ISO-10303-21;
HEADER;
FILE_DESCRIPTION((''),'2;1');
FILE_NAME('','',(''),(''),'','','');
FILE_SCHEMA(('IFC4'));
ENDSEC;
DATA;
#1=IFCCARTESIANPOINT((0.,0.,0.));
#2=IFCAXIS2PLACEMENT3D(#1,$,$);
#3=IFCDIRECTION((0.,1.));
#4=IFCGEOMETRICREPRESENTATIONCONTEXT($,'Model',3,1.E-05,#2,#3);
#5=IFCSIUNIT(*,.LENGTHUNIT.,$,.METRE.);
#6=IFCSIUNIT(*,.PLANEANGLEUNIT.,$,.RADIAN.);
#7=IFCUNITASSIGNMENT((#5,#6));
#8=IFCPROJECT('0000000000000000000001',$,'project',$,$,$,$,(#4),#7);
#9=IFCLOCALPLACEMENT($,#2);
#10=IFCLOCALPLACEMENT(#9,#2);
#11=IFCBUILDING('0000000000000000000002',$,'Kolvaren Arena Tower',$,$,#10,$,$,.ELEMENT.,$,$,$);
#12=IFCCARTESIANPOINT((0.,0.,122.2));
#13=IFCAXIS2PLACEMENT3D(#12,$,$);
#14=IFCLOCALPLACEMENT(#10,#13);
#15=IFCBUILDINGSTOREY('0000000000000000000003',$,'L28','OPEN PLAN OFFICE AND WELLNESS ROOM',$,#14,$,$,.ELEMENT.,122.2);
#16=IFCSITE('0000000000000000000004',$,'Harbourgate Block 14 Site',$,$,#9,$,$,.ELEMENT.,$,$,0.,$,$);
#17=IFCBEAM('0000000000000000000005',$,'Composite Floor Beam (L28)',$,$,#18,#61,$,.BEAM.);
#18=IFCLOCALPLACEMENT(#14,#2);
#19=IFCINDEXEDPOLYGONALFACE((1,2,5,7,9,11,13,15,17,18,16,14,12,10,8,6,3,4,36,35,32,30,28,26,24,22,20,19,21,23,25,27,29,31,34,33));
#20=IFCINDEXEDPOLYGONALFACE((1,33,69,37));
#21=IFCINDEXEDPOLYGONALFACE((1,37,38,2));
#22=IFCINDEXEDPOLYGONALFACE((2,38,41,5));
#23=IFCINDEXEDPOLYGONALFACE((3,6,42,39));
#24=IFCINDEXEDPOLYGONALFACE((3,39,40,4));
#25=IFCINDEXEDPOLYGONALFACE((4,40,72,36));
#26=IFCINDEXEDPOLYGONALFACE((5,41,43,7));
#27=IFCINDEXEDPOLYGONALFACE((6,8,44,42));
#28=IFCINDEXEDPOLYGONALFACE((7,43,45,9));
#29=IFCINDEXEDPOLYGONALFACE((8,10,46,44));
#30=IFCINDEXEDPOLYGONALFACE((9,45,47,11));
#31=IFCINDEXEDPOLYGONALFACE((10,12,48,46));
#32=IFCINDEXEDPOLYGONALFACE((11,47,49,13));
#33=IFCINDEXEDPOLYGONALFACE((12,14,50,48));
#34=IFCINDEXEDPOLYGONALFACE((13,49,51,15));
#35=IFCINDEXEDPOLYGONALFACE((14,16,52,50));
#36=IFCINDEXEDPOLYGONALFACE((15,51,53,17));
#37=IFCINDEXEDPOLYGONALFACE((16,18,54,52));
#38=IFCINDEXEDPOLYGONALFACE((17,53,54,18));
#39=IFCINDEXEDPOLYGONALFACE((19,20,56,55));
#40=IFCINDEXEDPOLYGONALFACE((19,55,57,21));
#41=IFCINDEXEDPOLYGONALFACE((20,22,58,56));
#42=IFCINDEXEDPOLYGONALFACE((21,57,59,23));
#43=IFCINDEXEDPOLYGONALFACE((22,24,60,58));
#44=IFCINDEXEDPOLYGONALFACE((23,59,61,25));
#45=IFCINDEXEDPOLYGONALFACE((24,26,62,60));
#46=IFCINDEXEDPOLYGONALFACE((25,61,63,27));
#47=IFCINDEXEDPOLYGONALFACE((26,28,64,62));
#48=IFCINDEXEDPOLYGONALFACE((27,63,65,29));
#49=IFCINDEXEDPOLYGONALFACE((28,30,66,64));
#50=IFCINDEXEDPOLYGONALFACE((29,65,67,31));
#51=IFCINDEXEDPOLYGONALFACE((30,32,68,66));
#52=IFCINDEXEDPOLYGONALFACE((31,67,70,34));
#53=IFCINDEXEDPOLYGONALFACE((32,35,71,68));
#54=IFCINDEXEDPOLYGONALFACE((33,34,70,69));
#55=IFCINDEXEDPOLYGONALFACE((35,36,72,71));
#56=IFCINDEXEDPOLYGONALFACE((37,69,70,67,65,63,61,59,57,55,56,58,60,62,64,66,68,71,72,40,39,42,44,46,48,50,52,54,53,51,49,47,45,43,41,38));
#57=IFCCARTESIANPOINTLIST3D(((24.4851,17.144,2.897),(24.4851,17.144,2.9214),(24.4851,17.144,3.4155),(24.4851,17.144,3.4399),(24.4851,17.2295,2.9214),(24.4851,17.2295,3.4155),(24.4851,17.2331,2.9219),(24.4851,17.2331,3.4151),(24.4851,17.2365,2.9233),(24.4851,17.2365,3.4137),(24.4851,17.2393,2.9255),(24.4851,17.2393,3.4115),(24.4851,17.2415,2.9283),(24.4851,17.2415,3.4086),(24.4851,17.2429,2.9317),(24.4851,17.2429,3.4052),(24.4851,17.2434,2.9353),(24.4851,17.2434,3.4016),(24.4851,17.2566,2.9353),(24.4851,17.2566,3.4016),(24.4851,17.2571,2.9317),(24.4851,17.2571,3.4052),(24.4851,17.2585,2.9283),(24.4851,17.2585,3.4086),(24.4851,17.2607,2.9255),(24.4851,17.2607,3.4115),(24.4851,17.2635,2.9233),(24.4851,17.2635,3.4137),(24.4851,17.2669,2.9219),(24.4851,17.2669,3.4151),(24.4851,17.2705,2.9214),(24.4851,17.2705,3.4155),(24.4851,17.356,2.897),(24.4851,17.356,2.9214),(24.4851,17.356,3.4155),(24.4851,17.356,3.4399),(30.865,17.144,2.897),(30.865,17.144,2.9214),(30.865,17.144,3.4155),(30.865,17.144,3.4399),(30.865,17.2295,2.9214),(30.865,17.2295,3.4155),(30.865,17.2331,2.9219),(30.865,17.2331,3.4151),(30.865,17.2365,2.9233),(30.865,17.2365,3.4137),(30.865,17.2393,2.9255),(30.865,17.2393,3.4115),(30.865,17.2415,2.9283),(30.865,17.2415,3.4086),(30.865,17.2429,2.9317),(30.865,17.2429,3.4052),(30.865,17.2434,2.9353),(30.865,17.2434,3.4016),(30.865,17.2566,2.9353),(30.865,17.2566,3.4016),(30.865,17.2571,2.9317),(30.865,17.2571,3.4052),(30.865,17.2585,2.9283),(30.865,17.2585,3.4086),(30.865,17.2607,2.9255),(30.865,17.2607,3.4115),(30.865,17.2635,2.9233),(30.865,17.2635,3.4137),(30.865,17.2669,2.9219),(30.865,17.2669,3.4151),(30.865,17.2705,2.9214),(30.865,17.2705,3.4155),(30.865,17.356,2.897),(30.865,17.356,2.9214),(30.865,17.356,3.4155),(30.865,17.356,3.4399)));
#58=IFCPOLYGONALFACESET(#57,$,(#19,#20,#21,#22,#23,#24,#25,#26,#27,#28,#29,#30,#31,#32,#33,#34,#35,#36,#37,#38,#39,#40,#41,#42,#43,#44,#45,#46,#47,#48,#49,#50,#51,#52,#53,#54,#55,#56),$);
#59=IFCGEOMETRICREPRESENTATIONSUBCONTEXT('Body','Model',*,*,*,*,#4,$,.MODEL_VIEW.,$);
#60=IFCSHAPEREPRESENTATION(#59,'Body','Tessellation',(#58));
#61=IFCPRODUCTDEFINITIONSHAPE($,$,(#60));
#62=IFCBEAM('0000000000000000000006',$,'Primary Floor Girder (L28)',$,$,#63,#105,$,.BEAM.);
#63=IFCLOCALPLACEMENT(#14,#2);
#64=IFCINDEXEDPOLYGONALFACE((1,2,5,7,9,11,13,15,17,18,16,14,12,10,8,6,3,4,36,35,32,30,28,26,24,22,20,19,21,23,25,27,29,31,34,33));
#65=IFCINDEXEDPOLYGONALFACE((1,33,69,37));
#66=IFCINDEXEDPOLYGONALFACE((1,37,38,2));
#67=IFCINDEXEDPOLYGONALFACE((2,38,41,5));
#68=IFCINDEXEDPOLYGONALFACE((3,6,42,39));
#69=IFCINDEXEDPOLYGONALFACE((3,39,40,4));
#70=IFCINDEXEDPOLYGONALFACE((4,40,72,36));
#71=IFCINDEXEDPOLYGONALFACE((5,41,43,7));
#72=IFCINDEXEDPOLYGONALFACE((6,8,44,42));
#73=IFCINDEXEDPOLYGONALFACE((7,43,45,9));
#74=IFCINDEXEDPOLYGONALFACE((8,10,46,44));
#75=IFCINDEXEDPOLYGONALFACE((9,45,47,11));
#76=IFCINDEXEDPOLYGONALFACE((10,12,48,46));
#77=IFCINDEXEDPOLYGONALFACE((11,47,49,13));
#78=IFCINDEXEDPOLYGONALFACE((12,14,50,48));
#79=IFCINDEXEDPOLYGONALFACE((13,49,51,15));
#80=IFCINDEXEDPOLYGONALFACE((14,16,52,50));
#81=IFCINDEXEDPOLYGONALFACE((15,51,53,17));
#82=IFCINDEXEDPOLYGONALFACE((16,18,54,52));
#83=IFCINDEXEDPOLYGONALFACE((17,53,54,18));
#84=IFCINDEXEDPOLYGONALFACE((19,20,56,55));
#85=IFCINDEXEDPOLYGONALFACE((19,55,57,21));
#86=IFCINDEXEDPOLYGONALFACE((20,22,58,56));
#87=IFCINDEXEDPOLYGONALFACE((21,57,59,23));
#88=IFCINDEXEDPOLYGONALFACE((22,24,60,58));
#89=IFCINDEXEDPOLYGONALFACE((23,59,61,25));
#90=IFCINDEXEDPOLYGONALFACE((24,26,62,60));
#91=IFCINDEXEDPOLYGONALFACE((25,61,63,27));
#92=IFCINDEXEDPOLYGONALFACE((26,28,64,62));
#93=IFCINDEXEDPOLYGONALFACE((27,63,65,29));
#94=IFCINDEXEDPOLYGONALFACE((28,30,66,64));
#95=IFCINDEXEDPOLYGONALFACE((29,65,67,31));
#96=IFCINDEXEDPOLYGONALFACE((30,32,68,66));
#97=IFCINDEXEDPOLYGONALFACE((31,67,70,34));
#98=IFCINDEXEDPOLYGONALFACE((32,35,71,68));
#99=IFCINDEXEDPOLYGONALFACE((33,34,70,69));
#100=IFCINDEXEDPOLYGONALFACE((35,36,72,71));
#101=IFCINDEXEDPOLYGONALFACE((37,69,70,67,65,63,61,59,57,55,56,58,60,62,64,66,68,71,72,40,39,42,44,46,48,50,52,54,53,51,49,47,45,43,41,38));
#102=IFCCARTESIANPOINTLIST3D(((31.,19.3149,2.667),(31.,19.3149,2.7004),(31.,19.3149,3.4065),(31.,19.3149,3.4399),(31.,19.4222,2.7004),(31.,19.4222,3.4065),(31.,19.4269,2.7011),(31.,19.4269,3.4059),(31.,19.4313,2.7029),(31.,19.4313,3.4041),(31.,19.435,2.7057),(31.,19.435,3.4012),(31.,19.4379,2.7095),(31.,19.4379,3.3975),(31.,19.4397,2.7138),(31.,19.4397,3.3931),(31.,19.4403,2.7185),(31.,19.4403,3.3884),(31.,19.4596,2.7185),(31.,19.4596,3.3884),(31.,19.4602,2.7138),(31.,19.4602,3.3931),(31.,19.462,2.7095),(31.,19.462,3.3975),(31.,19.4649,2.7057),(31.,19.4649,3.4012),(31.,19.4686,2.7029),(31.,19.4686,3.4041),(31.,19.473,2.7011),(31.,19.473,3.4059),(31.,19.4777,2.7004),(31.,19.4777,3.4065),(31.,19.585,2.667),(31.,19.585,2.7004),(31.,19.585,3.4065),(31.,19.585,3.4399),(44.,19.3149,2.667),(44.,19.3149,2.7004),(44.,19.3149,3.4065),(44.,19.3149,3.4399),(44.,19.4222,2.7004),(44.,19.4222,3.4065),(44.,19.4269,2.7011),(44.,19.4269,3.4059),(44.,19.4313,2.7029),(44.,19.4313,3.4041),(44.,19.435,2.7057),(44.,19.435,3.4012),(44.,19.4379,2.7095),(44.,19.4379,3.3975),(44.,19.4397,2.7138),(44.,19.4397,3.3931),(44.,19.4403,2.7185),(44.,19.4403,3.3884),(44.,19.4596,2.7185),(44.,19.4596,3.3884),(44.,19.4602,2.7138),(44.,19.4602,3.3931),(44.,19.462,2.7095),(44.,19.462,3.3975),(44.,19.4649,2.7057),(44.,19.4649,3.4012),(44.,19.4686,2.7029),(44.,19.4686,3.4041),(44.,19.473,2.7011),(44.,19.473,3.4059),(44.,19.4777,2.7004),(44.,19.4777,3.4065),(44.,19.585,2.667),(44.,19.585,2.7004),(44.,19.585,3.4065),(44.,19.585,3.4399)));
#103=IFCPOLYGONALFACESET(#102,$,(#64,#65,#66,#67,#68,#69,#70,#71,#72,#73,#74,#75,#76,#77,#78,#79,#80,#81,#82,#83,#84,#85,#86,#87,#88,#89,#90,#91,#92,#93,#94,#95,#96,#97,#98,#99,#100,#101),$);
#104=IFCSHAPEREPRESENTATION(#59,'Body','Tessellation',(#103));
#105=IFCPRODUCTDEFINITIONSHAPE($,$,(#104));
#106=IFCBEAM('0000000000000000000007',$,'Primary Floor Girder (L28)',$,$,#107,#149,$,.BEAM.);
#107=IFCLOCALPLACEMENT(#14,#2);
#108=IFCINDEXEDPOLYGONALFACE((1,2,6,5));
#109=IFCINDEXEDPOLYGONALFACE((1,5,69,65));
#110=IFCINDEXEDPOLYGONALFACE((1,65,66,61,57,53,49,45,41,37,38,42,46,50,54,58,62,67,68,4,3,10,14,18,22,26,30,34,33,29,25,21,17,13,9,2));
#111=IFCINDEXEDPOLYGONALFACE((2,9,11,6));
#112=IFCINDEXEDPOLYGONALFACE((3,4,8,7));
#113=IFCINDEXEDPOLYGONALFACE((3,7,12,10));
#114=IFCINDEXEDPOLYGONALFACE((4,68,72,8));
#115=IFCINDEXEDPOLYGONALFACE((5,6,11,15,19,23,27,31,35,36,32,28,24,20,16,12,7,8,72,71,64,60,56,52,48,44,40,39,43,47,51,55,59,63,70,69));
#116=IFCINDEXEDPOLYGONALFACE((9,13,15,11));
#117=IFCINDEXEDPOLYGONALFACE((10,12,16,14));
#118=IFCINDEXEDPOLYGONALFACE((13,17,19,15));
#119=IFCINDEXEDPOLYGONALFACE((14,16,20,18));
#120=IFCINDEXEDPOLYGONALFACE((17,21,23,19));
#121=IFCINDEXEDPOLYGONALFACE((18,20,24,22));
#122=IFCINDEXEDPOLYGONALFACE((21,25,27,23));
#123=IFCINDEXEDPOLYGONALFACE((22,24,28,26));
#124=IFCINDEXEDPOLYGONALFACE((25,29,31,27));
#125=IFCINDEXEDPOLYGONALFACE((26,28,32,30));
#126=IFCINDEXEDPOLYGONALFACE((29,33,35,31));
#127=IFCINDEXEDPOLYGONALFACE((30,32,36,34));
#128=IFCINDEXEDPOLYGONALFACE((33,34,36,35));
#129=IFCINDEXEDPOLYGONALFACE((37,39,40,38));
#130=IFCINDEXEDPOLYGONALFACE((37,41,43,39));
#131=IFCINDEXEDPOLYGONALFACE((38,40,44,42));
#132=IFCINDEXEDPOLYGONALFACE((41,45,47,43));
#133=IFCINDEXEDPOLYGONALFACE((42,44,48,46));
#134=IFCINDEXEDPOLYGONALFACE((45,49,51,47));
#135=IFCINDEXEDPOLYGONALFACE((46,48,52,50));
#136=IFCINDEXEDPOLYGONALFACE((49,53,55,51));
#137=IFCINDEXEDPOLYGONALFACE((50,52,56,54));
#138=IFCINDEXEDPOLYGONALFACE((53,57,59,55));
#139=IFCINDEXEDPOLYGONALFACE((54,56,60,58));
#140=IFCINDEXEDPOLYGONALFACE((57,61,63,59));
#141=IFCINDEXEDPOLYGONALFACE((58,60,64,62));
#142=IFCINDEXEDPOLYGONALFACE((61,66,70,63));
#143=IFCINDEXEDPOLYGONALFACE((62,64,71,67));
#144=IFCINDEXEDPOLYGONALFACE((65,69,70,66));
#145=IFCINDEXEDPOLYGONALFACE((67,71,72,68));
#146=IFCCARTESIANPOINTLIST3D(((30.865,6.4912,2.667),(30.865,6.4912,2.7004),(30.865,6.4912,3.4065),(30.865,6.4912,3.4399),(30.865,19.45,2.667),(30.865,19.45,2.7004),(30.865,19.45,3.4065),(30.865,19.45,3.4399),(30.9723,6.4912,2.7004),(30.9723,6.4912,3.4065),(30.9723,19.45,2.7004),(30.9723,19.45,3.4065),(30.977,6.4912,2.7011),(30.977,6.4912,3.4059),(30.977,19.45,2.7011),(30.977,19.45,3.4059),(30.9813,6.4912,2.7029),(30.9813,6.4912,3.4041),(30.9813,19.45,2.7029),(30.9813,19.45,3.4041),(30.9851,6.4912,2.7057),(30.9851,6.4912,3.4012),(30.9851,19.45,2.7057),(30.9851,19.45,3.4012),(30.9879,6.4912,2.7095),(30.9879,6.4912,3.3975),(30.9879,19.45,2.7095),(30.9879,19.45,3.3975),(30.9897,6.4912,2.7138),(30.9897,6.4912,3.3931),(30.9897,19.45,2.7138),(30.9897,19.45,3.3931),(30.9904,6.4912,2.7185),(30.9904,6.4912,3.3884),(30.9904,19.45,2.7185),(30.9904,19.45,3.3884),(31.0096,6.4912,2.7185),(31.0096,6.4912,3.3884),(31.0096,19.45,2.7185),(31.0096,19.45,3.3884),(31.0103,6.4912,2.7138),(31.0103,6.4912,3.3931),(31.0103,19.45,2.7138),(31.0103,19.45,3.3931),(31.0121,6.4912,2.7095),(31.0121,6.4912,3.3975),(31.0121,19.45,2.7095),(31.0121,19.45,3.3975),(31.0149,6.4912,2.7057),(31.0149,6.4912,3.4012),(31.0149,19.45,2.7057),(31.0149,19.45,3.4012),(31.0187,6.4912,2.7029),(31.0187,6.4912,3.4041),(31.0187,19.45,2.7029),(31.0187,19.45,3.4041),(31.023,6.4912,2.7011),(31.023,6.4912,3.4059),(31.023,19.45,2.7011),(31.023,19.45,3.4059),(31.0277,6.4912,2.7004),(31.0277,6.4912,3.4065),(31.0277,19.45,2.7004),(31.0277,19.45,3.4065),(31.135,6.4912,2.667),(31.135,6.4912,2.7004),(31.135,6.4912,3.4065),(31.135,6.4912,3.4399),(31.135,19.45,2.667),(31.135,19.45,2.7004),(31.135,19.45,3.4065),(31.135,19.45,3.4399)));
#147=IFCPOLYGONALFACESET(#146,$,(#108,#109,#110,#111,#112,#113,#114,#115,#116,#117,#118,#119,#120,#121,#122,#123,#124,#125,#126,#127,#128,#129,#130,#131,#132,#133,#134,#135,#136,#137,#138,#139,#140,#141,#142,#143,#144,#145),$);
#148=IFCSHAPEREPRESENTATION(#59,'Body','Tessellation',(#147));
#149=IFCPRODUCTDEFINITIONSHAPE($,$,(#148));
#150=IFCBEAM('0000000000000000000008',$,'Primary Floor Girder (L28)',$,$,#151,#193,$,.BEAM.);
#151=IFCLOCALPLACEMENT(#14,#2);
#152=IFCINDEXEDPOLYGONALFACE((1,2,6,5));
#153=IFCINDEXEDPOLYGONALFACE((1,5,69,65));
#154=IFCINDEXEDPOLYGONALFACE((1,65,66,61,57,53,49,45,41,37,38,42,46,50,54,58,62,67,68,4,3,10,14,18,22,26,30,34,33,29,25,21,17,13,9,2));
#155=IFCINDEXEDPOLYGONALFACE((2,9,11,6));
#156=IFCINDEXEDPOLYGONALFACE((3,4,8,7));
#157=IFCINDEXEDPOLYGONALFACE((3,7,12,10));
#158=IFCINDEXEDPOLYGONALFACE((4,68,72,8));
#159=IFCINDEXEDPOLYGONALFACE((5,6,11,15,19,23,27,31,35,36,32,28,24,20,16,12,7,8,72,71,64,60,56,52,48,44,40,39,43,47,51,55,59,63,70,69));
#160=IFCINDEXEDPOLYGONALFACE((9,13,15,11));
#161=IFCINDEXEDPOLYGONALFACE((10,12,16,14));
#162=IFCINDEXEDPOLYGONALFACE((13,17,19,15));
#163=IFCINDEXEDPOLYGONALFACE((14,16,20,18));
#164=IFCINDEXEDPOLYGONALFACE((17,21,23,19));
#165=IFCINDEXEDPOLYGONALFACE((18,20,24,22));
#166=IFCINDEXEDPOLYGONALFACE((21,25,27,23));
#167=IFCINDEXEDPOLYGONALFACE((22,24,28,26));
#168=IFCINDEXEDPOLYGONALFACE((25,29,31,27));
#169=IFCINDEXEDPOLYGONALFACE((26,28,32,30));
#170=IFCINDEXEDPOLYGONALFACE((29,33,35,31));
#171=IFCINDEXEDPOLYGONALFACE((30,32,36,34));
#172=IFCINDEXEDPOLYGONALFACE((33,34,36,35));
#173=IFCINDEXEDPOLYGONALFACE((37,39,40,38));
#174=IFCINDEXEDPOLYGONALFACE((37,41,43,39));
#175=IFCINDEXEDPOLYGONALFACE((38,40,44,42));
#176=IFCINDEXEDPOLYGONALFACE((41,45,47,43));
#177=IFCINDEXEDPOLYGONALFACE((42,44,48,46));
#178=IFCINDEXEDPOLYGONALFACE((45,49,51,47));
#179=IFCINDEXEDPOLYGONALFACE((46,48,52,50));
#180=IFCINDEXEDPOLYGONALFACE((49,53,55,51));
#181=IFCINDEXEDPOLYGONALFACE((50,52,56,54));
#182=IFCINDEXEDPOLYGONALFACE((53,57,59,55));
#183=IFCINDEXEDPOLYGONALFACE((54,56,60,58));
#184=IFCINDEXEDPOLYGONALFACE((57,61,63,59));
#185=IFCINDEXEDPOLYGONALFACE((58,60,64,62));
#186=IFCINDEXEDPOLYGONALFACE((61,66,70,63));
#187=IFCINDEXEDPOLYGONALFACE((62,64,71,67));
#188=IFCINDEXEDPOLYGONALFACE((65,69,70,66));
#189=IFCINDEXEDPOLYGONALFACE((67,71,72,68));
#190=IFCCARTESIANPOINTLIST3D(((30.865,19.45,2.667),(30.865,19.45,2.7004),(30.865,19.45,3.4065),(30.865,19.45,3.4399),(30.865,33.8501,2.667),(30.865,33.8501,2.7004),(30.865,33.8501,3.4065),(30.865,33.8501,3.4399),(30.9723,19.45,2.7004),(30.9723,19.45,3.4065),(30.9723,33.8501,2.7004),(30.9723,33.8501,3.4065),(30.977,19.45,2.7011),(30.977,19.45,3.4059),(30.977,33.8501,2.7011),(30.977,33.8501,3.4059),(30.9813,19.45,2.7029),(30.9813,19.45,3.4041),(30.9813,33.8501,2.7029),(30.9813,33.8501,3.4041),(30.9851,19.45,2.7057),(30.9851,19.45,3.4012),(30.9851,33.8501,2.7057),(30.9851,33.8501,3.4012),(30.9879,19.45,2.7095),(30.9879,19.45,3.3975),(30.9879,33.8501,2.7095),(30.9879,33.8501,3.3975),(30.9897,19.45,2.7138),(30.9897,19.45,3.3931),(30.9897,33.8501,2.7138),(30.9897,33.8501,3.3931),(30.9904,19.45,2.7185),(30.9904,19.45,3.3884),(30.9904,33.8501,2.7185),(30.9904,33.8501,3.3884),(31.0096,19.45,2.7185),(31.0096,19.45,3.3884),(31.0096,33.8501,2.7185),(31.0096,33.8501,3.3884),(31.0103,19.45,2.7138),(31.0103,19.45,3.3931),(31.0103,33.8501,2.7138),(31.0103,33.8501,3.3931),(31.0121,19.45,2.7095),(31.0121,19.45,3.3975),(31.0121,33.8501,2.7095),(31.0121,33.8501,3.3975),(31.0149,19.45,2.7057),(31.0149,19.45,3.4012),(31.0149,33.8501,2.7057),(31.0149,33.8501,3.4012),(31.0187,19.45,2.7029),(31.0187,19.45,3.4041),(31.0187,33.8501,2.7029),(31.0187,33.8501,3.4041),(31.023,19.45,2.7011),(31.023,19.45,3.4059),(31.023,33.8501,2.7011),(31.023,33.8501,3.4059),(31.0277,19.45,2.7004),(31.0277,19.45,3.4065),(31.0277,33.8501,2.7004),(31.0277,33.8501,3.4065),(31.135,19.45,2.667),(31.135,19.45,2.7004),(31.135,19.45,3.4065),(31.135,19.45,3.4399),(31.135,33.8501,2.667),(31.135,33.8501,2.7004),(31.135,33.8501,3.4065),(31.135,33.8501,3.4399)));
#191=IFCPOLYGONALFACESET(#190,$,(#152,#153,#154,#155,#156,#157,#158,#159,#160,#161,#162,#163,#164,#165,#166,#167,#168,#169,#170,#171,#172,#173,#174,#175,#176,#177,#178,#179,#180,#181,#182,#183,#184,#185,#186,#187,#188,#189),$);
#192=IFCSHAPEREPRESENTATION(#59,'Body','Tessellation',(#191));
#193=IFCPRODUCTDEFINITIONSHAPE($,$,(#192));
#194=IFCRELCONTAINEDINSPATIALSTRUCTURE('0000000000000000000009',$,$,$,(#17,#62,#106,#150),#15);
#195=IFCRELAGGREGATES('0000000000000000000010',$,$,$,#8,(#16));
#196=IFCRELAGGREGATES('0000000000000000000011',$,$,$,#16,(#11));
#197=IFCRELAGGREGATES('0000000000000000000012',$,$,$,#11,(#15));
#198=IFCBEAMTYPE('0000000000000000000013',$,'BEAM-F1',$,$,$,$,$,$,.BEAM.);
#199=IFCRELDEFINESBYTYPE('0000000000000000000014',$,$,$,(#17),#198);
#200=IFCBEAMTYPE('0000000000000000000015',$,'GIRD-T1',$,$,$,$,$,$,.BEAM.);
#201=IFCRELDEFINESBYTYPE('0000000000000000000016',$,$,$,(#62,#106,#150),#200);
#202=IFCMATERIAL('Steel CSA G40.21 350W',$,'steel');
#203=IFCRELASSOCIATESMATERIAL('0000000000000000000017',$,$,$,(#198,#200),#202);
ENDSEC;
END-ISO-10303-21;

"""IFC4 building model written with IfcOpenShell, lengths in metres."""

from ifc_helpers import new_model, si_unit, direction, frame, origin, origin_2d, place, context, subcontext, project, spatial, i_section, extrude, material, material_profile, profile_set, type_object, element, save


model = new_model("IFC4")

# Units and contexts
model_context = context("Model", 3, precision=1e-05, world=origin(), true_north=direction((0.0, 1.0)))
body_context = subcontext(model_context, "Body", "Model", "MODEL_VIEW")
ifc_project = project(units=[si_unit("LENGTHUNIT", "METRE"), si_unit("PLANEANGLEUNIT", "RADIAN")], contexts=[model_context])

# Site, building, storey
site_placement = place(None, origin())
site = spatial("IfcSite", under=ifc_project, at=site_placement, Name="Harbourgate Block 14 Site", CompositionType="ELEMENT", RefElevation=0.0)
building_placement = place(site_placement, origin())
building = spatial("IfcBuilding", under=site, at=building_placement, Name="Kolvaren Arena Tower", CompositionType="ELEMENT")
storey_placement = place(building_placement, frame((0.0, 0.0, 122.2)))
storey = spatial("IfcBuildingStorey", under=building, at=storey_placement, Name="L28", Description="OPEN PLAN OFFICE AND WELLNESS ROOM", CompositionType="ELEMENT", Elevation=122.2)

# Beams
ifc_material_1 = material(Name="Steel CSA G40.21 350W", Category="steel")
ifc_material_profile_1 = material_profile(ifc_material_1, i_section(OverallWidth=0.2119, OverallDepth=0.543, WebThickness=0.0132, FlangeThickness=0.0244, FilletRadius=0.0139, at=origin_2d()), Name="W530x150")
ifc_profile_set_1 = profile_set([ifc_material_profile_1], Name="Steel CSA G40.21 350W")
beam_type_1 = type_object("IfcBeamType", Name="BEAM-F1", PredefinedType="BEAM", material=ifc_profile_set_1)
beam_1_placement = place(storey_placement, frame((24.4851, 17.25, 3.1685), z_axis=(1.0, 0.0, 0.0), x_axis=(0.0, 1.0, 0.0)))
element("IfcBeam", 1, at=beam_1_placement, inside=storey, type_object=beam_type_1, Name="Composite Floor Beam (L28)", PredefinedType="BEAM", context=body_context, shape_type="SweptSolid", body=[
    extrude(i_section(OverallWidth=0.2119, OverallDepth=0.543, WebThickness=0.0132, FlangeThickness=0.0244, FilletRadius=0.0139, at=origin_2d()), origin(), (0.0, 0.0, 1.0), 6.3799),
])
ifc_material_profile_2 = material_profile(ifc_material_1, i_section(OverallWidth=0.27, OverallDepth=0.7729, WebThickness=0.0193, FlangeThickness=0.0334, FilletRadius=0.0181, at=origin_2d()), Name="W760x257")
ifc_profile_set_2 = profile_set([ifc_material_profile_2], Name="Steel CSA G40.21 350W")
beam_type_2 = type_object("IfcBeamType", Name="GIRD-T1", PredefinedType="BEAM", material=ifc_profile_set_2)
beam_2_placement = place(storey_placement, frame((31.0, 19.45, 3.0535), z_axis=(1.0, 0.0, 0.0), x_axis=(0.0, 1.0, 0.0)))
element("IfcBeam", 2, at=beam_2_placement, inside=storey, type_object=beam_type_2, Name="Primary Floor Girder (L28)", PredefinedType="BEAM", context=body_context, shape_type="SweptSolid", body=[
    extrude(i_section(OverallWidth=0.27, OverallDepth=0.7729, WebThickness=0.0193, FlangeThickness=0.0334, FilletRadius=0.0181, at=origin_2d()), origin(), (0.0, 0.0, 1.0), 13.0),
])
beam_3_placement = place(storey_placement, frame((31.0, 6.4912, 3.0535), z_axis=(0.0, 1.0, 0.0), x_axis=(-1.0, 0.0, 0.0)))
element("IfcBeam", 3, at=beam_3_placement, inside=storey, type_object=beam_type_2, Name="Primary Floor Girder (L28)", PredefinedType="BEAM", context=body_context, shape_type="SweptSolid", body=[
    extrude(i_section(OverallWidth=0.27, OverallDepth=0.7729, WebThickness=0.0193, FlangeThickness=0.0334, FilletRadius=0.0181, at=origin_2d()), origin(), (0.0, 0.0, 1.0), 12.9587),
])
beam_4_placement = place(storey_placement, frame((31.0, 19.45, 3.0535), z_axis=(0.0, 1.0, 0.0), x_axis=(-1.0, 0.0, 0.0)))
element("IfcBeam", 4, at=beam_4_placement, inside=storey, type_object=beam_type_2, Name="Primary Floor Girder (L28)", PredefinedType="BEAM", context=body_context, shape_type="SweptSolid", body=[
    extrude(i_section(OverallWidth=0.27, OverallDepth=0.7729, WebThickness=0.0193, FlangeThickness=0.0334, FilletRadius=0.0181, at=origin_2d()), origin(), (0.0, 0.0, 1.0), 14.4001),
])

save(model, "model.ifc")
